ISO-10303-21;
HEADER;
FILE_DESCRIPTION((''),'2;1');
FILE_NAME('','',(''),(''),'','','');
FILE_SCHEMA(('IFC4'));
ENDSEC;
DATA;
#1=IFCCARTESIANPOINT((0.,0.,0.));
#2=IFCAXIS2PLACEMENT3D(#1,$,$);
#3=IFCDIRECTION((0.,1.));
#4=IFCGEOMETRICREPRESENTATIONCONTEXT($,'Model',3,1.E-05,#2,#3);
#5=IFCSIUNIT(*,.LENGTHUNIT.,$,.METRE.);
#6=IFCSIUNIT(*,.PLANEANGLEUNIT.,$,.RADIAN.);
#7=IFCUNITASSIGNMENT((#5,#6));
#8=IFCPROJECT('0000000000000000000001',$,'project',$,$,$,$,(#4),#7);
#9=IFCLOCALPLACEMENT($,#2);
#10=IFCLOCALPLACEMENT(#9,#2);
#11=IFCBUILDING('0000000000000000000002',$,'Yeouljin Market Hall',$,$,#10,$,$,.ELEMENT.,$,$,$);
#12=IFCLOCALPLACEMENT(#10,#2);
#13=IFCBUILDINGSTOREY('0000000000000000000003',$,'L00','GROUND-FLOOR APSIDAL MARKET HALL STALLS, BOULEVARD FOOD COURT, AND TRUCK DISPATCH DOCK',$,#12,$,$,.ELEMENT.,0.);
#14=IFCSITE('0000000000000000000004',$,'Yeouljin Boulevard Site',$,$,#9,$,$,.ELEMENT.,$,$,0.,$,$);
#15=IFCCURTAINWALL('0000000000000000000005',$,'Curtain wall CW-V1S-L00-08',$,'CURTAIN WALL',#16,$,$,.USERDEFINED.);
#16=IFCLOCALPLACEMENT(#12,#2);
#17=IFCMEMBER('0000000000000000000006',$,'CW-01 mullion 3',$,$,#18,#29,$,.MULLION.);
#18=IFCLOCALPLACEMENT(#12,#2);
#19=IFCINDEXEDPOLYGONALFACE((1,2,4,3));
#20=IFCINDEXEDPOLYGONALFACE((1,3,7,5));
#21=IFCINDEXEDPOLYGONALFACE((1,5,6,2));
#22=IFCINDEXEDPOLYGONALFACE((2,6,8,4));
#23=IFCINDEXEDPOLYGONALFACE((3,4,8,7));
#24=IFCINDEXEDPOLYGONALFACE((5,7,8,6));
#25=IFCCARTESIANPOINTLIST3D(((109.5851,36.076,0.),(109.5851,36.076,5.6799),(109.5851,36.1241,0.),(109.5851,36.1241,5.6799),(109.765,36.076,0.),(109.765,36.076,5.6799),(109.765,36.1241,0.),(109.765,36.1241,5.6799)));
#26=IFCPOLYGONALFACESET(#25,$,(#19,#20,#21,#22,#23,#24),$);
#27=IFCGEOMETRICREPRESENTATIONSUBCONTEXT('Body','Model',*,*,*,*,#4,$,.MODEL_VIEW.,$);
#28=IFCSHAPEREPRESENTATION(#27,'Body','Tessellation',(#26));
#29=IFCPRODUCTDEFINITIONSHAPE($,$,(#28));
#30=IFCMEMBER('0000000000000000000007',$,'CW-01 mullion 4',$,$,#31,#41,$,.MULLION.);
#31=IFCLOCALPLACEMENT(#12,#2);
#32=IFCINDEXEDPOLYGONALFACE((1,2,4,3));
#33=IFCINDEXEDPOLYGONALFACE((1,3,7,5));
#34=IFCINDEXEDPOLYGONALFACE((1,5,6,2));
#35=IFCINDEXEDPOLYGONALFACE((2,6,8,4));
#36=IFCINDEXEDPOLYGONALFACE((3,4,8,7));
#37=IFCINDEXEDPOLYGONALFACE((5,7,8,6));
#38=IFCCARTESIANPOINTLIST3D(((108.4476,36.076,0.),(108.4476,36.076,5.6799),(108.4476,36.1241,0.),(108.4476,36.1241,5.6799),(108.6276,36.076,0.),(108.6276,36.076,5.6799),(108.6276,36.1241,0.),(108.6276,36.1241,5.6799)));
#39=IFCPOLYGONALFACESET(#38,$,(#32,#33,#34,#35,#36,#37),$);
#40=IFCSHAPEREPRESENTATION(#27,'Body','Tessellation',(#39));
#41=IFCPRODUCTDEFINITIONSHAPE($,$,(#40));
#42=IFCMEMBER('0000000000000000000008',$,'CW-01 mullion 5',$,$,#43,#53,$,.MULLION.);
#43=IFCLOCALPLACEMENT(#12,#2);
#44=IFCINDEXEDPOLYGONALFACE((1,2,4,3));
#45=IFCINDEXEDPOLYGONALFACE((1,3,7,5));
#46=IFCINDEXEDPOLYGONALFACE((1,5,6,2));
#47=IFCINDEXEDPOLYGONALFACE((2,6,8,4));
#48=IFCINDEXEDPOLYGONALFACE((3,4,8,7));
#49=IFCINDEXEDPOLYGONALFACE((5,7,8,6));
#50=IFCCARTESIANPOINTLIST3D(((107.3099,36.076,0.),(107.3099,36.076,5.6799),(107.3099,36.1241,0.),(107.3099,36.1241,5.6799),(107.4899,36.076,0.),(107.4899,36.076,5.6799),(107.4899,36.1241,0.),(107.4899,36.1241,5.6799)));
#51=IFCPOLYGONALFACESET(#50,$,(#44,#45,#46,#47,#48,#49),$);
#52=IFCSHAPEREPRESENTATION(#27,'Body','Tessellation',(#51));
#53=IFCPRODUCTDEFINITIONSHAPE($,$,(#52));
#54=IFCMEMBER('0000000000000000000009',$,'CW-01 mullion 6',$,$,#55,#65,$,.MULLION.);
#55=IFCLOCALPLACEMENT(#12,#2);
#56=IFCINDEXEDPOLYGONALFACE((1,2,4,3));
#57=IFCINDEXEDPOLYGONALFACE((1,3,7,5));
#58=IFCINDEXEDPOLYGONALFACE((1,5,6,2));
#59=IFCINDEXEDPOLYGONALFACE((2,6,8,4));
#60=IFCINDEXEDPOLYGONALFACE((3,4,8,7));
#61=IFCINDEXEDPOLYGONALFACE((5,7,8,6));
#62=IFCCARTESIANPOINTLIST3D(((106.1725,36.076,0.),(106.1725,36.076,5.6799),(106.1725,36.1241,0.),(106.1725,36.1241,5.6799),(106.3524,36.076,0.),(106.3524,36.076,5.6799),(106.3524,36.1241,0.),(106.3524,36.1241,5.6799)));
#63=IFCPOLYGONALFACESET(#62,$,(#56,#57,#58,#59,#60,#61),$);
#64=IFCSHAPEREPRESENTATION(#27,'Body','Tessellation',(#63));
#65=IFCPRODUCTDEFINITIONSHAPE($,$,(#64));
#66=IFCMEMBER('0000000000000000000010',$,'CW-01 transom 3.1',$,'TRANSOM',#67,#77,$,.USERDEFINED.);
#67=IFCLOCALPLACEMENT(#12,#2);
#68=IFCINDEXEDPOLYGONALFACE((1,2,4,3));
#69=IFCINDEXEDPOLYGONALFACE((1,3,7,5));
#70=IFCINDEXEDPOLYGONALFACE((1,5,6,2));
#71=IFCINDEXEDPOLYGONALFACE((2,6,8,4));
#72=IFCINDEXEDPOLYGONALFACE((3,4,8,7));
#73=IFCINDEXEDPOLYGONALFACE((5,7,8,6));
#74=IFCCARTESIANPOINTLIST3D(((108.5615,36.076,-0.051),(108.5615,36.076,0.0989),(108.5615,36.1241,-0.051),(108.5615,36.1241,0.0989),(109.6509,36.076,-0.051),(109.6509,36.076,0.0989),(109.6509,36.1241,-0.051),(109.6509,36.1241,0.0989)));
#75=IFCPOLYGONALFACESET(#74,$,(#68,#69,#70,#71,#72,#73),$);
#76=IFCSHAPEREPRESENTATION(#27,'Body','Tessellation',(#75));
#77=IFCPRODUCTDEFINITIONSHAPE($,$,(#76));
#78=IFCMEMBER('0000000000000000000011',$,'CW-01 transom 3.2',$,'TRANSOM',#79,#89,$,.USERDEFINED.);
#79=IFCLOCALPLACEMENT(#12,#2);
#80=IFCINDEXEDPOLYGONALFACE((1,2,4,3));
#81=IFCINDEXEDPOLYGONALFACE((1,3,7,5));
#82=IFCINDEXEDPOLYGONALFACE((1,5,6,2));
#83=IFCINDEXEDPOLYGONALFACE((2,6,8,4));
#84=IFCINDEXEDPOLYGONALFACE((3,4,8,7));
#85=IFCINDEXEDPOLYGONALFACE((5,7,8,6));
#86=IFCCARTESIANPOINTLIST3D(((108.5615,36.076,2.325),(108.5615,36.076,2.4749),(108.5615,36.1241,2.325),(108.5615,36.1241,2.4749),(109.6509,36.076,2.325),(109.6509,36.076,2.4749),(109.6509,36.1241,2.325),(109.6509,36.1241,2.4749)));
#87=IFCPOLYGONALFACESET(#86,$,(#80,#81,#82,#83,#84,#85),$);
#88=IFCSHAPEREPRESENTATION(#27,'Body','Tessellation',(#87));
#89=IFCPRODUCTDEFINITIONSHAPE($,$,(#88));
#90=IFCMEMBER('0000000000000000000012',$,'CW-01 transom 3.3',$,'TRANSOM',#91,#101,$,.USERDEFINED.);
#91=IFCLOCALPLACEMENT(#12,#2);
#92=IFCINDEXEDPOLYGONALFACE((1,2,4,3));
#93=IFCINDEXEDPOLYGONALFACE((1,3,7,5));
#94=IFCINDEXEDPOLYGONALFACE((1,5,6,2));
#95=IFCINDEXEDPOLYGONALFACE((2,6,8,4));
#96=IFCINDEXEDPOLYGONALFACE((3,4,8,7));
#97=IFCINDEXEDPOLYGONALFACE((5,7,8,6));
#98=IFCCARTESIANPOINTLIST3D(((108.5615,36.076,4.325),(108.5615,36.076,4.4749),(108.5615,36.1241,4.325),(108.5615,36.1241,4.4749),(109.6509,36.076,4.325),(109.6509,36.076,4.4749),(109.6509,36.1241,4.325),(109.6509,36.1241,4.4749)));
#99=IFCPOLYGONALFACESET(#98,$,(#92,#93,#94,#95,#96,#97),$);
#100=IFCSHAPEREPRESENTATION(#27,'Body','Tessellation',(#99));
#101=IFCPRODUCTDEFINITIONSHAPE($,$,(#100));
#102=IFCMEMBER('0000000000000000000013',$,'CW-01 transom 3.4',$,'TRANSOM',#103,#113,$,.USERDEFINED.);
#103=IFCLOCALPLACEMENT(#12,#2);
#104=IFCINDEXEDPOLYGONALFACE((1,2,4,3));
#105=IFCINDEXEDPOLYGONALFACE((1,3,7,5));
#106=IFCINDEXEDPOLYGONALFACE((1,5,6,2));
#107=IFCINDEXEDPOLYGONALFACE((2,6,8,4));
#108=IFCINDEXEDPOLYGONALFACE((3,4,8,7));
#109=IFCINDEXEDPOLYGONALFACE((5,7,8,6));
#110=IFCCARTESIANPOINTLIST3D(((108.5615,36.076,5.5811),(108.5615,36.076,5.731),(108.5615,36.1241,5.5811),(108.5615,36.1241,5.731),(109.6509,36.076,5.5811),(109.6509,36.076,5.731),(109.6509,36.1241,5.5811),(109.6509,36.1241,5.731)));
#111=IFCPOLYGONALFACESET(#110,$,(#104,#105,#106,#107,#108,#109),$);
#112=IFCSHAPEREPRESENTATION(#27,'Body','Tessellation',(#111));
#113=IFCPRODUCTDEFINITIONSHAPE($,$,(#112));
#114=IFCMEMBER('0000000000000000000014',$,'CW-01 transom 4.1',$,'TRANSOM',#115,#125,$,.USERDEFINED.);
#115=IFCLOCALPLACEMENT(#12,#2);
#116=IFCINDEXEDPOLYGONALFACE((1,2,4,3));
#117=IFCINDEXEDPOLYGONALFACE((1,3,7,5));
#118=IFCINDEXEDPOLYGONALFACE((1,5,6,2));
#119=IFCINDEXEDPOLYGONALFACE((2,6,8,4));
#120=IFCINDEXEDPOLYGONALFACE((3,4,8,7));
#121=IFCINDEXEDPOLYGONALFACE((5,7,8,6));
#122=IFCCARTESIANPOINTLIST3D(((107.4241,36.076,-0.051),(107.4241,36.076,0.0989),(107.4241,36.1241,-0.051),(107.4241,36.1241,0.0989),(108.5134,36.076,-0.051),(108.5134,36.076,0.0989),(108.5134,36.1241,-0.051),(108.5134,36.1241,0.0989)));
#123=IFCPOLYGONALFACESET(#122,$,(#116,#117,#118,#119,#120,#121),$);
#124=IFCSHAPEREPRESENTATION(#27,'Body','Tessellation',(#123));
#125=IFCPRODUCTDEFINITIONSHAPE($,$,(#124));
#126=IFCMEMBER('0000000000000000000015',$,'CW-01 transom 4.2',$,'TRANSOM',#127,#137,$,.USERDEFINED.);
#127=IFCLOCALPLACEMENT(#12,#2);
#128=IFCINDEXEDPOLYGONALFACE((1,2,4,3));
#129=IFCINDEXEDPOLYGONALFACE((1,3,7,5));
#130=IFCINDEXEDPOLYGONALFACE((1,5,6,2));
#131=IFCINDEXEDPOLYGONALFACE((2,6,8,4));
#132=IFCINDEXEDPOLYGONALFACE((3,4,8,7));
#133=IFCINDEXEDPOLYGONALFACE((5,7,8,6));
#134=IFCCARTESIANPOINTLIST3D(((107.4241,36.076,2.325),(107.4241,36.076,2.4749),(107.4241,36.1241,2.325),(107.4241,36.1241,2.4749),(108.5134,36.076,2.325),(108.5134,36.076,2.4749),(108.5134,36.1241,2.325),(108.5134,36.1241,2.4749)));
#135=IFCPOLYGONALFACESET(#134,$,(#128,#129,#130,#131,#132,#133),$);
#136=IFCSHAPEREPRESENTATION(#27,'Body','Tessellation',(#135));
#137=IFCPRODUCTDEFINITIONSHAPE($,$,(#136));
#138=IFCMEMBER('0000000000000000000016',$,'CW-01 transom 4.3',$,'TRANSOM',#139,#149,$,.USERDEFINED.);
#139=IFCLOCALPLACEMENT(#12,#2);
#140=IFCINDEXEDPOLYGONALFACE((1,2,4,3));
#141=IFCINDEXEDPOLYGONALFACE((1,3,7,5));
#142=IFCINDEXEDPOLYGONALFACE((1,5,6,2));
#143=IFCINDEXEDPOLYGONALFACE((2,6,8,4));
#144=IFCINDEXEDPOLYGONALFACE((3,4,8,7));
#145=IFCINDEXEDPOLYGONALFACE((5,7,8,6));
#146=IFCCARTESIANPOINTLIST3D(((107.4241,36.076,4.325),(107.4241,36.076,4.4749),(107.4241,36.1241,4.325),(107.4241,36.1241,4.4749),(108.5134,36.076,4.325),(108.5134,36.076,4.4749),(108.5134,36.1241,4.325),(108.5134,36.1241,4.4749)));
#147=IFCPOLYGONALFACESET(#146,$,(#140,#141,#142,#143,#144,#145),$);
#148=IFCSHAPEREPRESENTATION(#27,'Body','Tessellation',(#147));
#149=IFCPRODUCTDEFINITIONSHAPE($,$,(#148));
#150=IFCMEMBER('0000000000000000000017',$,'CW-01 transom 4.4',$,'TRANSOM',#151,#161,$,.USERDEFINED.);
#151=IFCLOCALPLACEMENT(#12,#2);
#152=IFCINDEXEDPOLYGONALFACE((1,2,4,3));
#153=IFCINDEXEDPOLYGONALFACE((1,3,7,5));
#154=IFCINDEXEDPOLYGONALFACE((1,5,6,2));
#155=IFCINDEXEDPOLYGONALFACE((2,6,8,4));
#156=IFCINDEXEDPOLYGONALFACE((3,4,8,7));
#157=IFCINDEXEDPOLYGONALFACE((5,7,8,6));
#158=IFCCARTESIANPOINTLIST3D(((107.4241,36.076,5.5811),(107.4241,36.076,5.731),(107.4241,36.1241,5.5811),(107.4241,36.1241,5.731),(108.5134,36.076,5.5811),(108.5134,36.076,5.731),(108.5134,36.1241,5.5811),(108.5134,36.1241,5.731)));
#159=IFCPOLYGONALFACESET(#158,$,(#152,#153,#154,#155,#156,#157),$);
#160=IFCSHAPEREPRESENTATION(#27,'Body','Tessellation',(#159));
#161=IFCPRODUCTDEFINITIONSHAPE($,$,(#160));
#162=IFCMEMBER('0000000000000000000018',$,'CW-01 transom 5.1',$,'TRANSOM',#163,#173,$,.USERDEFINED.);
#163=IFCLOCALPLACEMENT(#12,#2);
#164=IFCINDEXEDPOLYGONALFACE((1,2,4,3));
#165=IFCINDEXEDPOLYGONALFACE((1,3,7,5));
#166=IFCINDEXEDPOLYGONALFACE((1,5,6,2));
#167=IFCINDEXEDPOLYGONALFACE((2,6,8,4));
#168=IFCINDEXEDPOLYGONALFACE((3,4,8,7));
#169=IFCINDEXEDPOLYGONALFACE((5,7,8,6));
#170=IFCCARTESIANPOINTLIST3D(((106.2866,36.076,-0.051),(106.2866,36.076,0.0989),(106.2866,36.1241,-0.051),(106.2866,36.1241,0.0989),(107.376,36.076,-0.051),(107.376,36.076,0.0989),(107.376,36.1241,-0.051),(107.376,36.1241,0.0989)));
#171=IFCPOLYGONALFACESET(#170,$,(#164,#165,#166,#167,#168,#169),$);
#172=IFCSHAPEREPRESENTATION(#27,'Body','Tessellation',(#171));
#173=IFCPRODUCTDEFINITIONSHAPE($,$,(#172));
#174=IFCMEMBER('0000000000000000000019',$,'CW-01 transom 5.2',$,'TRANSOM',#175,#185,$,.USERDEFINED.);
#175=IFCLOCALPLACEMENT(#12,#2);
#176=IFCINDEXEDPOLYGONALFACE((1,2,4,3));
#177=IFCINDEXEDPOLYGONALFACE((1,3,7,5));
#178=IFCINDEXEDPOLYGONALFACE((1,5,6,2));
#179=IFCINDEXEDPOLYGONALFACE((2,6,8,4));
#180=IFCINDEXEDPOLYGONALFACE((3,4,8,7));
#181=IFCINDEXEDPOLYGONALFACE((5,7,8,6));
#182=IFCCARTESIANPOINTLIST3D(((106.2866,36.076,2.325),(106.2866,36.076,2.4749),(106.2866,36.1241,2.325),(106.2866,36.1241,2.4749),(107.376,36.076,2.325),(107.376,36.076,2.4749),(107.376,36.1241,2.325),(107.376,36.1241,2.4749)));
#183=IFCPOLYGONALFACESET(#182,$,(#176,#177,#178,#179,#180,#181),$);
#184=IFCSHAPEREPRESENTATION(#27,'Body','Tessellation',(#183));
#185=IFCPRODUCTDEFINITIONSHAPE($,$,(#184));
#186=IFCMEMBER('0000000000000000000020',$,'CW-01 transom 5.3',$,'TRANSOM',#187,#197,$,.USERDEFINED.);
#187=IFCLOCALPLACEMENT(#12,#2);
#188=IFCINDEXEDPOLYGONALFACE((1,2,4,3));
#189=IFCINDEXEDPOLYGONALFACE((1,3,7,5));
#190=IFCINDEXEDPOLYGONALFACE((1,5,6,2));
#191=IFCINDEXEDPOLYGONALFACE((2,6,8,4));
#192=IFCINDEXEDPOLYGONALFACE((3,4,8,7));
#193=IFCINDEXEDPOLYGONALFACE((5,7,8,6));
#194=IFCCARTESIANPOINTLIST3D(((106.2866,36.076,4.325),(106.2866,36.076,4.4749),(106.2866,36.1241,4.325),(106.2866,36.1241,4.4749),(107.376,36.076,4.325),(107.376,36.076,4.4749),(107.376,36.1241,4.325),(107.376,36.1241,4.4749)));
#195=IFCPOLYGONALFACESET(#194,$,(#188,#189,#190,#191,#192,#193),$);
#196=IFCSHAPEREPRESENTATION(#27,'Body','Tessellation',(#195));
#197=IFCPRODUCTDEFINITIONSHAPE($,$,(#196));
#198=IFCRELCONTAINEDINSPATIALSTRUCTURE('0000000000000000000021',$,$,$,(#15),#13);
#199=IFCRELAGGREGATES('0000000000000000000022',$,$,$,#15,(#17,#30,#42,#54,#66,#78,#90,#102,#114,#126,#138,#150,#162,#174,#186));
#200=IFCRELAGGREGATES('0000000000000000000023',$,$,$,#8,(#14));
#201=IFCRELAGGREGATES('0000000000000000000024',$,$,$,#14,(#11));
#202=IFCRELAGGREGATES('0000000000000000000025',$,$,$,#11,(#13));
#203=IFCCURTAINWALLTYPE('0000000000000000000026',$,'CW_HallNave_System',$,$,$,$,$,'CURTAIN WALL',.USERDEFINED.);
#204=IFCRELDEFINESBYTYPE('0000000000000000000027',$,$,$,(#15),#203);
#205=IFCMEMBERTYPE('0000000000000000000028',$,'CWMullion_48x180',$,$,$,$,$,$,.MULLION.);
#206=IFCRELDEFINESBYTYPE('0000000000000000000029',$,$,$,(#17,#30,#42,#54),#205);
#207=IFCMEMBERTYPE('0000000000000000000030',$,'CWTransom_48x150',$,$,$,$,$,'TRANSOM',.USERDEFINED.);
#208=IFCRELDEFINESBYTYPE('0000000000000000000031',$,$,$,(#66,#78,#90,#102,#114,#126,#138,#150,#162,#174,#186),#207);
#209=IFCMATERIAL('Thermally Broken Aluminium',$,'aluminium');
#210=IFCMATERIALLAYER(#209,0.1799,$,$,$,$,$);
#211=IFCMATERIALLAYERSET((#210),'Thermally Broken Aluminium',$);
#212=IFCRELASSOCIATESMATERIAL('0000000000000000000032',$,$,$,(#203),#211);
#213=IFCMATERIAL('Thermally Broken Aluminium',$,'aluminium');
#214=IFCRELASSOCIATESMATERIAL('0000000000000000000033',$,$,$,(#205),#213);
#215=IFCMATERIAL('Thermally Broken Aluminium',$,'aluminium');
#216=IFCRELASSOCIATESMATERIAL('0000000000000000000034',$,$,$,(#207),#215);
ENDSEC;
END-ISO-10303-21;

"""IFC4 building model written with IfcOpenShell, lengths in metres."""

from ifc_helpers import new_model, si_unit, direction, frame, origin, origin_2d, place, context, subcontext, project, spatial, rectangle, extrude, material, layer, layer_set, material_profile, profile_set, type_object, element, aggregate, save


model = new_model("IFC4")

# Units and contexts
model_context = context("Model", 3, precision=1e-05, world=origin(), true_north=direction((0.0, 1.0)))
body_context = subcontext(model_context, "Body", "Model", "MODEL_VIEW")
ifc_project = project(units=[si_unit("LENGTHUNIT", "METRE"), si_unit("PLANEANGLEUNIT", "RADIAN")], contexts=[model_context])

# Site, building, storey
site_placement = place(None, origin())
site = spatial("IfcSite", under=ifc_project, at=site_placement, Name="Yeouljin Boulevard Site", CompositionType="ELEMENT", RefElevation=0.0)
building_placement = place(site_placement, origin())
building = spatial("IfcBuilding", under=site, at=building_placement, Name="Yeouljin Market Hall", CompositionType="ELEMENT")
storey_placement = place(building_placement, origin())
storey = spatial("IfcBuildingStorey", under=building, at=storey_placement, Name="L00", Description="GROUND-FLOOR APSIDAL MARKET HALL STALLS, BOULEVARD FOOD COURT, AND TRUCK DISPATCH DOCK", CompositionType="ELEMENT", Elevation=0.0)

# Curtain wall, members
ifc_material_1 = material(Name="Thermally Broken Aluminium", Category="aluminium")
ifc_layer_1 = layer(ifc_material_1, 0.1799)
ifc_layer_set_1 = layer_set([ifc_layer_1], Name="Thermally Broken Aluminium")
curtain_wall_type = type_object("IfcCurtainWallType", Name="CW_HallNave_System", ElementType="CURTAIN WALL", PredefinedType="USERDEFINED", material=ifc_layer_set_1)
curtain_wall_placement = place(storey_placement, origin())
curtain_wall = element("IfcCurtainWall", 1, at=curtain_wall_placement, inside=storey, type_object=curtain_wall_type, Name="Curtain wall CW-V1S-L00-08", ObjectType="CURTAIN WALL", PredefinedType="USERDEFINED")
ifc_material_2 = material(Name="Thermally Broken Aluminium", Category="aluminium")
ifc_material_profile_1 = material_profile(ifc_material_2, rectangle(XDim=0.0481, YDim=0.1799, at=origin_2d()), Name="CW-MULL-48x180")
ifc_profile_set_1 = profile_set([ifc_material_profile_1], Name="Thermally Broken Aluminium")
member_type_1 = type_object("IfcMemberType", Name="CWMullion_48x180", PredefinedType="MULLION", material=ifc_profile_set_1)
member_1_placement = place(storey_placement, frame((109.675, 36.1001, 0.0), z_axis=(0.0, 0.0, 1.0), x_axis=(0.0, -1.0, 0.0)))
member_1 = element("IfcMember", 2, at=member_1_placement, type_object=member_type_1, Name="CW-01 mullion 3", PredefinedType="MULLION", context=body_context, shape_type="SweptSolid", body=[
    extrude(rectangle(XDim=0.0481, YDim=0.1799, at=origin_2d()), origin(), (0.0, 0.0, 1.0), 5.6799),
])
member_2_placement = place(storey_placement, frame((108.5376, 36.1001, 0.0), z_axis=(0.0, 0.0, 1.0), x_axis=(0.0, -1.0, 0.0)))
member_2 = element("IfcMember", 3, at=member_2_placement, type_object=member_type_1, Name="CW-01 mullion 4", PredefinedType="MULLION", context=body_context, shape_type="SweptSolid", body=[
    extrude(rectangle(XDim=0.0481, YDim=0.1799, at=origin_2d()), origin(), (0.0, 0.0, 1.0), 5.6799),
])
member_3_placement = place(storey_placement, frame((107.3999, 36.1001, 0.0), z_axis=(0.0, 0.0, 1.0), x_axis=(0.0, -1.0, 0.0)))
member_3 = element("IfcMember", 4, at=member_3_placement, type_object=member_type_1, Name="CW-01 mullion 5", PredefinedType="MULLION", context=body_context, shape_type="SweptSolid", body=[
    extrude(rectangle(XDim=0.0481, YDim=0.1799, at=origin_2d()), origin(), (0.0, 0.0, 1.0), 5.6799),
])
member_4_placement = place(storey_placement, frame((106.2625, 36.1001, 0.0), z_axis=(0.0, 0.0, 1.0), x_axis=(0.0, -1.0, 0.0)))
member_4 = element("IfcMember", 5, at=member_4_placement, type_object=member_type_1, Name="CW-01 mullion 6", PredefinedType="MULLION", context=body_context, shape_type="SweptSolid", body=[
    extrude(rectangle(XDim=0.0481, YDim=0.1799, at=origin_2d()), origin(), (0.0, 0.0, 1.0), 5.6799),
])
ifc_material_3 = material(Name="Thermally Broken Aluminium", Category="aluminium")
ifc_material_profile_2 = material_profile(ifc_material_3, rectangle(XDim=0.0481, YDim=0.1499, at=origin_2d()), Name="CW-TRAN-48x150")
ifc_profile_set_2 = profile_set([ifc_material_profile_2], Name="Thermally Broken Aluminium")
member_type_2 = type_object("IfcMemberType", Name="CWTransom_48x150", ElementType="TRANSOM", PredefinedType="USERDEFINED", material=ifc_profile_set_2)
member_5_placement = place(storey_placement, frame((109.6509, 36.1001, 0.0239), z_axis=(-1.0, 0.0, 0.0), x_axis=(0.0, -1.0, 0.0)))
member_5 = element("IfcMember", 6, at=member_5_placement, type_object=member_type_2, Name="CW-01 transom 3.1", ObjectType="TRANSOM", PredefinedType="USERDEFINED", context=body_context, shape_type="SweptSolid", body=[
    extrude(rectangle(XDim=0.0481, YDim=0.1499, at=origin_2d()), origin(), (0.0, 0.0, 1.0), 1.0894),
])
member_6_placement = place(storey_placement, frame((109.6509, 36.1001, 2.3999), z_axis=(-1.0, 0.0, 0.0), x_axis=(0.0, -1.0, 0.0)))
member_6 = element("IfcMember", 7, at=member_6_placement, type_object=member_type_2, Name="CW-01 transom 3.2", ObjectType="TRANSOM", PredefinedType="USERDEFINED", context=body_context, shape_type="SweptSolid", body=[
    extrude(rectangle(XDim=0.0481, YDim=0.1499, at=origin_2d()), origin(), (0.0, 0.0, 1.0), 1.0894),
])
member_7_placement = place(storey_placement, frame((109.6509, 36.1001, 4.3999), z_axis=(-1.0, 0.0, 0.0), x_axis=(0.0, -1.0, 0.0)))
member_7 = element("IfcMember", 8, at=member_7_placement, type_object=member_type_2, Name="CW-01 transom 3.3", ObjectType="TRANSOM", PredefinedType="USERDEFINED", context=body_context, shape_type="SweptSolid", body=[
    extrude(rectangle(XDim=0.0481, YDim=0.1499, at=origin_2d()), origin(), (0.0, 0.0, 1.0), 1.0894),
])
member_8_placement = place(storey_placement, frame((109.6509, 36.1001, 5.656), z_axis=(-1.0, 0.0, 0.0), x_axis=(0.0, -1.0, 0.0)))
member_8 = element("IfcMember", 9, at=member_8_placement, type_object=member_type_2, Name="CW-01 transom 3.4", ObjectType="TRANSOM", PredefinedType="USERDEFINED", context=body_context, shape_type="SweptSolid", body=[
    extrude(rectangle(XDim=0.0481, YDim=0.1499, at=origin_2d()), origin(), (0.0, 0.0, 1.0), 1.0894),
])
member_9_placement = place(storey_placement, frame((108.5134, 36.1001, 0.0239), z_axis=(-1.0, 0.0, 0.0), x_axis=(0.0, -1.0, 0.0)))
member_9 = element("IfcMember", 10, at=member_9_placement, type_object=member_type_2, Name="CW-01 transom 4.1", ObjectType="TRANSOM", PredefinedType="USERDEFINED", context=body_context, shape_type="SweptSolid", body=[
    extrude(rectangle(XDim=0.0481, YDim=0.1499, at=origin_2d()), origin(), (0.0, 0.0, 1.0), 1.0894),
])
member_10_placement = place(storey_placement, frame((108.5134, 36.1001, 2.3999), z_axis=(-1.0, 0.0, 0.0), x_axis=(0.0, -1.0, 0.0)))
member_10 = element("IfcMember", 11, at=member_10_placement, type_object=member_type_2, Name="CW-01 transom 4.2", ObjectType="TRANSOM", PredefinedType="USERDEFINED", context=body_context, shape_type="SweptSolid", body=[
    extrude(rectangle(XDim=0.0481, YDim=0.1499, at=origin_2d()), origin(), (0.0, 0.0, 1.0), 1.0894),
])
member_11_placement = place(storey_placement, frame((108.5134, 36.1001, 4.3999), z_axis=(-1.0, 0.0, 0.0), x_axis=(0.0, -1.0, 0.0)))
member_11 = element("IfcMember", 12, at=member_11_placement, type_object=member_type_2, Name="CW-01 transom 4.3", ObjectType="TRANSOM", PredefinedType="USERDEFINED", context=body_context, shape_type="SweptSolid", body=[
    extrude(rectangle(XDim=0.0481, YDim=0.1499, at=origin_2d()), origin(), (0.0, 0.0, 1.0), 1.0894),
])
member_12_placement = place(storey_placement, frame((108.5134, 36.1001, 5.656), z_axis=(-1.0, 0.0, 0.0), x_axis=(0.0, -1.0, 0.0)))
member_12 = element("IfcMember", 13, at=member_12_placement, type_object=member_type_2, Name="CW-01 transom 4.4", ObjectType="TRANSOM", PredefinedType="USERDEFINED", context=body_context, shape_type="SweptSolid", body=[
    extrude(rectangle(XDim=0.0481, YDim=0.1499, at=origin_2d()), origin(), (0.0, 0.0, 1.0), 1.0894),
])
member_13_placement = place(storey_placement, frame((107.376, 36.1001, 0.0239), z_axis=(-1.0, 0.0, 0.0), x_axis=(0.0, -1.0, 0.0)))
member_13 = element("IfcMember", 14, at=member_13_placement, type_object=member_type_2, Name="CW-01 transom 5.1", ObjectType="TRANSOM", PredefinedType="USERDEFINED", context=body_context, shape_type="SweptSolid", body=[
    extrude(rectangle(XDim=0.0481, YDim=0.1499, at=origin_2d()), origin(), (0.0, 0.0, 1.0), 1.0894),
])
member_14_placement = place(storey_placement, frame((107.376, 36.1001, 2.3999), z_axis=(-1.0, 0.0, 0.0), x_axis=(0.0, -1.0, 0.0)))
member_14 = element("IfcMember", 15, at=member_14_placement, type_object=member_type_2, Name="CW-01 transom 5.2", ObjectType="TRANSOM", PredefinedType="USERDEFINED", context=body_context, shape_type="SweptSolid", body=[
    extrude(rectangle(XDim=0.0481, YDim=0.1499, at=origin_2d()), origin(), (0.0, 0.0, 1.0), 1.0894),
])
member_15_placement = place(storey_placement, frame((107.376, 36.1001, 4.3999), z_axis=(-1.0, 0.0, 0.0), x_axis=(0.0, -1.0, 0.0)))
member_15 = element("IfcMember", 16, at=member_15_placement, type_object=member_type_2, Name="CW-01 transom 5.3", ObjectType="TRANSOM", PredefinedType="USERDEFINED", context=body_context, shape_type="SweptSolid", body=[
    extrude(rectangle(XDim=0.0481, YDim=0.1499, at=origin_2d()), origin(), (0.0, 0.0, 1.0), 1.0894),
])
aggregate(curtain_wall, [member_1, member_2, member_3, member_4, member_5, member_6, member_7, member_8, member_9, member_10, member_11, member_12, member_13, member_14, member_15])

save(model, "model.ifc")
